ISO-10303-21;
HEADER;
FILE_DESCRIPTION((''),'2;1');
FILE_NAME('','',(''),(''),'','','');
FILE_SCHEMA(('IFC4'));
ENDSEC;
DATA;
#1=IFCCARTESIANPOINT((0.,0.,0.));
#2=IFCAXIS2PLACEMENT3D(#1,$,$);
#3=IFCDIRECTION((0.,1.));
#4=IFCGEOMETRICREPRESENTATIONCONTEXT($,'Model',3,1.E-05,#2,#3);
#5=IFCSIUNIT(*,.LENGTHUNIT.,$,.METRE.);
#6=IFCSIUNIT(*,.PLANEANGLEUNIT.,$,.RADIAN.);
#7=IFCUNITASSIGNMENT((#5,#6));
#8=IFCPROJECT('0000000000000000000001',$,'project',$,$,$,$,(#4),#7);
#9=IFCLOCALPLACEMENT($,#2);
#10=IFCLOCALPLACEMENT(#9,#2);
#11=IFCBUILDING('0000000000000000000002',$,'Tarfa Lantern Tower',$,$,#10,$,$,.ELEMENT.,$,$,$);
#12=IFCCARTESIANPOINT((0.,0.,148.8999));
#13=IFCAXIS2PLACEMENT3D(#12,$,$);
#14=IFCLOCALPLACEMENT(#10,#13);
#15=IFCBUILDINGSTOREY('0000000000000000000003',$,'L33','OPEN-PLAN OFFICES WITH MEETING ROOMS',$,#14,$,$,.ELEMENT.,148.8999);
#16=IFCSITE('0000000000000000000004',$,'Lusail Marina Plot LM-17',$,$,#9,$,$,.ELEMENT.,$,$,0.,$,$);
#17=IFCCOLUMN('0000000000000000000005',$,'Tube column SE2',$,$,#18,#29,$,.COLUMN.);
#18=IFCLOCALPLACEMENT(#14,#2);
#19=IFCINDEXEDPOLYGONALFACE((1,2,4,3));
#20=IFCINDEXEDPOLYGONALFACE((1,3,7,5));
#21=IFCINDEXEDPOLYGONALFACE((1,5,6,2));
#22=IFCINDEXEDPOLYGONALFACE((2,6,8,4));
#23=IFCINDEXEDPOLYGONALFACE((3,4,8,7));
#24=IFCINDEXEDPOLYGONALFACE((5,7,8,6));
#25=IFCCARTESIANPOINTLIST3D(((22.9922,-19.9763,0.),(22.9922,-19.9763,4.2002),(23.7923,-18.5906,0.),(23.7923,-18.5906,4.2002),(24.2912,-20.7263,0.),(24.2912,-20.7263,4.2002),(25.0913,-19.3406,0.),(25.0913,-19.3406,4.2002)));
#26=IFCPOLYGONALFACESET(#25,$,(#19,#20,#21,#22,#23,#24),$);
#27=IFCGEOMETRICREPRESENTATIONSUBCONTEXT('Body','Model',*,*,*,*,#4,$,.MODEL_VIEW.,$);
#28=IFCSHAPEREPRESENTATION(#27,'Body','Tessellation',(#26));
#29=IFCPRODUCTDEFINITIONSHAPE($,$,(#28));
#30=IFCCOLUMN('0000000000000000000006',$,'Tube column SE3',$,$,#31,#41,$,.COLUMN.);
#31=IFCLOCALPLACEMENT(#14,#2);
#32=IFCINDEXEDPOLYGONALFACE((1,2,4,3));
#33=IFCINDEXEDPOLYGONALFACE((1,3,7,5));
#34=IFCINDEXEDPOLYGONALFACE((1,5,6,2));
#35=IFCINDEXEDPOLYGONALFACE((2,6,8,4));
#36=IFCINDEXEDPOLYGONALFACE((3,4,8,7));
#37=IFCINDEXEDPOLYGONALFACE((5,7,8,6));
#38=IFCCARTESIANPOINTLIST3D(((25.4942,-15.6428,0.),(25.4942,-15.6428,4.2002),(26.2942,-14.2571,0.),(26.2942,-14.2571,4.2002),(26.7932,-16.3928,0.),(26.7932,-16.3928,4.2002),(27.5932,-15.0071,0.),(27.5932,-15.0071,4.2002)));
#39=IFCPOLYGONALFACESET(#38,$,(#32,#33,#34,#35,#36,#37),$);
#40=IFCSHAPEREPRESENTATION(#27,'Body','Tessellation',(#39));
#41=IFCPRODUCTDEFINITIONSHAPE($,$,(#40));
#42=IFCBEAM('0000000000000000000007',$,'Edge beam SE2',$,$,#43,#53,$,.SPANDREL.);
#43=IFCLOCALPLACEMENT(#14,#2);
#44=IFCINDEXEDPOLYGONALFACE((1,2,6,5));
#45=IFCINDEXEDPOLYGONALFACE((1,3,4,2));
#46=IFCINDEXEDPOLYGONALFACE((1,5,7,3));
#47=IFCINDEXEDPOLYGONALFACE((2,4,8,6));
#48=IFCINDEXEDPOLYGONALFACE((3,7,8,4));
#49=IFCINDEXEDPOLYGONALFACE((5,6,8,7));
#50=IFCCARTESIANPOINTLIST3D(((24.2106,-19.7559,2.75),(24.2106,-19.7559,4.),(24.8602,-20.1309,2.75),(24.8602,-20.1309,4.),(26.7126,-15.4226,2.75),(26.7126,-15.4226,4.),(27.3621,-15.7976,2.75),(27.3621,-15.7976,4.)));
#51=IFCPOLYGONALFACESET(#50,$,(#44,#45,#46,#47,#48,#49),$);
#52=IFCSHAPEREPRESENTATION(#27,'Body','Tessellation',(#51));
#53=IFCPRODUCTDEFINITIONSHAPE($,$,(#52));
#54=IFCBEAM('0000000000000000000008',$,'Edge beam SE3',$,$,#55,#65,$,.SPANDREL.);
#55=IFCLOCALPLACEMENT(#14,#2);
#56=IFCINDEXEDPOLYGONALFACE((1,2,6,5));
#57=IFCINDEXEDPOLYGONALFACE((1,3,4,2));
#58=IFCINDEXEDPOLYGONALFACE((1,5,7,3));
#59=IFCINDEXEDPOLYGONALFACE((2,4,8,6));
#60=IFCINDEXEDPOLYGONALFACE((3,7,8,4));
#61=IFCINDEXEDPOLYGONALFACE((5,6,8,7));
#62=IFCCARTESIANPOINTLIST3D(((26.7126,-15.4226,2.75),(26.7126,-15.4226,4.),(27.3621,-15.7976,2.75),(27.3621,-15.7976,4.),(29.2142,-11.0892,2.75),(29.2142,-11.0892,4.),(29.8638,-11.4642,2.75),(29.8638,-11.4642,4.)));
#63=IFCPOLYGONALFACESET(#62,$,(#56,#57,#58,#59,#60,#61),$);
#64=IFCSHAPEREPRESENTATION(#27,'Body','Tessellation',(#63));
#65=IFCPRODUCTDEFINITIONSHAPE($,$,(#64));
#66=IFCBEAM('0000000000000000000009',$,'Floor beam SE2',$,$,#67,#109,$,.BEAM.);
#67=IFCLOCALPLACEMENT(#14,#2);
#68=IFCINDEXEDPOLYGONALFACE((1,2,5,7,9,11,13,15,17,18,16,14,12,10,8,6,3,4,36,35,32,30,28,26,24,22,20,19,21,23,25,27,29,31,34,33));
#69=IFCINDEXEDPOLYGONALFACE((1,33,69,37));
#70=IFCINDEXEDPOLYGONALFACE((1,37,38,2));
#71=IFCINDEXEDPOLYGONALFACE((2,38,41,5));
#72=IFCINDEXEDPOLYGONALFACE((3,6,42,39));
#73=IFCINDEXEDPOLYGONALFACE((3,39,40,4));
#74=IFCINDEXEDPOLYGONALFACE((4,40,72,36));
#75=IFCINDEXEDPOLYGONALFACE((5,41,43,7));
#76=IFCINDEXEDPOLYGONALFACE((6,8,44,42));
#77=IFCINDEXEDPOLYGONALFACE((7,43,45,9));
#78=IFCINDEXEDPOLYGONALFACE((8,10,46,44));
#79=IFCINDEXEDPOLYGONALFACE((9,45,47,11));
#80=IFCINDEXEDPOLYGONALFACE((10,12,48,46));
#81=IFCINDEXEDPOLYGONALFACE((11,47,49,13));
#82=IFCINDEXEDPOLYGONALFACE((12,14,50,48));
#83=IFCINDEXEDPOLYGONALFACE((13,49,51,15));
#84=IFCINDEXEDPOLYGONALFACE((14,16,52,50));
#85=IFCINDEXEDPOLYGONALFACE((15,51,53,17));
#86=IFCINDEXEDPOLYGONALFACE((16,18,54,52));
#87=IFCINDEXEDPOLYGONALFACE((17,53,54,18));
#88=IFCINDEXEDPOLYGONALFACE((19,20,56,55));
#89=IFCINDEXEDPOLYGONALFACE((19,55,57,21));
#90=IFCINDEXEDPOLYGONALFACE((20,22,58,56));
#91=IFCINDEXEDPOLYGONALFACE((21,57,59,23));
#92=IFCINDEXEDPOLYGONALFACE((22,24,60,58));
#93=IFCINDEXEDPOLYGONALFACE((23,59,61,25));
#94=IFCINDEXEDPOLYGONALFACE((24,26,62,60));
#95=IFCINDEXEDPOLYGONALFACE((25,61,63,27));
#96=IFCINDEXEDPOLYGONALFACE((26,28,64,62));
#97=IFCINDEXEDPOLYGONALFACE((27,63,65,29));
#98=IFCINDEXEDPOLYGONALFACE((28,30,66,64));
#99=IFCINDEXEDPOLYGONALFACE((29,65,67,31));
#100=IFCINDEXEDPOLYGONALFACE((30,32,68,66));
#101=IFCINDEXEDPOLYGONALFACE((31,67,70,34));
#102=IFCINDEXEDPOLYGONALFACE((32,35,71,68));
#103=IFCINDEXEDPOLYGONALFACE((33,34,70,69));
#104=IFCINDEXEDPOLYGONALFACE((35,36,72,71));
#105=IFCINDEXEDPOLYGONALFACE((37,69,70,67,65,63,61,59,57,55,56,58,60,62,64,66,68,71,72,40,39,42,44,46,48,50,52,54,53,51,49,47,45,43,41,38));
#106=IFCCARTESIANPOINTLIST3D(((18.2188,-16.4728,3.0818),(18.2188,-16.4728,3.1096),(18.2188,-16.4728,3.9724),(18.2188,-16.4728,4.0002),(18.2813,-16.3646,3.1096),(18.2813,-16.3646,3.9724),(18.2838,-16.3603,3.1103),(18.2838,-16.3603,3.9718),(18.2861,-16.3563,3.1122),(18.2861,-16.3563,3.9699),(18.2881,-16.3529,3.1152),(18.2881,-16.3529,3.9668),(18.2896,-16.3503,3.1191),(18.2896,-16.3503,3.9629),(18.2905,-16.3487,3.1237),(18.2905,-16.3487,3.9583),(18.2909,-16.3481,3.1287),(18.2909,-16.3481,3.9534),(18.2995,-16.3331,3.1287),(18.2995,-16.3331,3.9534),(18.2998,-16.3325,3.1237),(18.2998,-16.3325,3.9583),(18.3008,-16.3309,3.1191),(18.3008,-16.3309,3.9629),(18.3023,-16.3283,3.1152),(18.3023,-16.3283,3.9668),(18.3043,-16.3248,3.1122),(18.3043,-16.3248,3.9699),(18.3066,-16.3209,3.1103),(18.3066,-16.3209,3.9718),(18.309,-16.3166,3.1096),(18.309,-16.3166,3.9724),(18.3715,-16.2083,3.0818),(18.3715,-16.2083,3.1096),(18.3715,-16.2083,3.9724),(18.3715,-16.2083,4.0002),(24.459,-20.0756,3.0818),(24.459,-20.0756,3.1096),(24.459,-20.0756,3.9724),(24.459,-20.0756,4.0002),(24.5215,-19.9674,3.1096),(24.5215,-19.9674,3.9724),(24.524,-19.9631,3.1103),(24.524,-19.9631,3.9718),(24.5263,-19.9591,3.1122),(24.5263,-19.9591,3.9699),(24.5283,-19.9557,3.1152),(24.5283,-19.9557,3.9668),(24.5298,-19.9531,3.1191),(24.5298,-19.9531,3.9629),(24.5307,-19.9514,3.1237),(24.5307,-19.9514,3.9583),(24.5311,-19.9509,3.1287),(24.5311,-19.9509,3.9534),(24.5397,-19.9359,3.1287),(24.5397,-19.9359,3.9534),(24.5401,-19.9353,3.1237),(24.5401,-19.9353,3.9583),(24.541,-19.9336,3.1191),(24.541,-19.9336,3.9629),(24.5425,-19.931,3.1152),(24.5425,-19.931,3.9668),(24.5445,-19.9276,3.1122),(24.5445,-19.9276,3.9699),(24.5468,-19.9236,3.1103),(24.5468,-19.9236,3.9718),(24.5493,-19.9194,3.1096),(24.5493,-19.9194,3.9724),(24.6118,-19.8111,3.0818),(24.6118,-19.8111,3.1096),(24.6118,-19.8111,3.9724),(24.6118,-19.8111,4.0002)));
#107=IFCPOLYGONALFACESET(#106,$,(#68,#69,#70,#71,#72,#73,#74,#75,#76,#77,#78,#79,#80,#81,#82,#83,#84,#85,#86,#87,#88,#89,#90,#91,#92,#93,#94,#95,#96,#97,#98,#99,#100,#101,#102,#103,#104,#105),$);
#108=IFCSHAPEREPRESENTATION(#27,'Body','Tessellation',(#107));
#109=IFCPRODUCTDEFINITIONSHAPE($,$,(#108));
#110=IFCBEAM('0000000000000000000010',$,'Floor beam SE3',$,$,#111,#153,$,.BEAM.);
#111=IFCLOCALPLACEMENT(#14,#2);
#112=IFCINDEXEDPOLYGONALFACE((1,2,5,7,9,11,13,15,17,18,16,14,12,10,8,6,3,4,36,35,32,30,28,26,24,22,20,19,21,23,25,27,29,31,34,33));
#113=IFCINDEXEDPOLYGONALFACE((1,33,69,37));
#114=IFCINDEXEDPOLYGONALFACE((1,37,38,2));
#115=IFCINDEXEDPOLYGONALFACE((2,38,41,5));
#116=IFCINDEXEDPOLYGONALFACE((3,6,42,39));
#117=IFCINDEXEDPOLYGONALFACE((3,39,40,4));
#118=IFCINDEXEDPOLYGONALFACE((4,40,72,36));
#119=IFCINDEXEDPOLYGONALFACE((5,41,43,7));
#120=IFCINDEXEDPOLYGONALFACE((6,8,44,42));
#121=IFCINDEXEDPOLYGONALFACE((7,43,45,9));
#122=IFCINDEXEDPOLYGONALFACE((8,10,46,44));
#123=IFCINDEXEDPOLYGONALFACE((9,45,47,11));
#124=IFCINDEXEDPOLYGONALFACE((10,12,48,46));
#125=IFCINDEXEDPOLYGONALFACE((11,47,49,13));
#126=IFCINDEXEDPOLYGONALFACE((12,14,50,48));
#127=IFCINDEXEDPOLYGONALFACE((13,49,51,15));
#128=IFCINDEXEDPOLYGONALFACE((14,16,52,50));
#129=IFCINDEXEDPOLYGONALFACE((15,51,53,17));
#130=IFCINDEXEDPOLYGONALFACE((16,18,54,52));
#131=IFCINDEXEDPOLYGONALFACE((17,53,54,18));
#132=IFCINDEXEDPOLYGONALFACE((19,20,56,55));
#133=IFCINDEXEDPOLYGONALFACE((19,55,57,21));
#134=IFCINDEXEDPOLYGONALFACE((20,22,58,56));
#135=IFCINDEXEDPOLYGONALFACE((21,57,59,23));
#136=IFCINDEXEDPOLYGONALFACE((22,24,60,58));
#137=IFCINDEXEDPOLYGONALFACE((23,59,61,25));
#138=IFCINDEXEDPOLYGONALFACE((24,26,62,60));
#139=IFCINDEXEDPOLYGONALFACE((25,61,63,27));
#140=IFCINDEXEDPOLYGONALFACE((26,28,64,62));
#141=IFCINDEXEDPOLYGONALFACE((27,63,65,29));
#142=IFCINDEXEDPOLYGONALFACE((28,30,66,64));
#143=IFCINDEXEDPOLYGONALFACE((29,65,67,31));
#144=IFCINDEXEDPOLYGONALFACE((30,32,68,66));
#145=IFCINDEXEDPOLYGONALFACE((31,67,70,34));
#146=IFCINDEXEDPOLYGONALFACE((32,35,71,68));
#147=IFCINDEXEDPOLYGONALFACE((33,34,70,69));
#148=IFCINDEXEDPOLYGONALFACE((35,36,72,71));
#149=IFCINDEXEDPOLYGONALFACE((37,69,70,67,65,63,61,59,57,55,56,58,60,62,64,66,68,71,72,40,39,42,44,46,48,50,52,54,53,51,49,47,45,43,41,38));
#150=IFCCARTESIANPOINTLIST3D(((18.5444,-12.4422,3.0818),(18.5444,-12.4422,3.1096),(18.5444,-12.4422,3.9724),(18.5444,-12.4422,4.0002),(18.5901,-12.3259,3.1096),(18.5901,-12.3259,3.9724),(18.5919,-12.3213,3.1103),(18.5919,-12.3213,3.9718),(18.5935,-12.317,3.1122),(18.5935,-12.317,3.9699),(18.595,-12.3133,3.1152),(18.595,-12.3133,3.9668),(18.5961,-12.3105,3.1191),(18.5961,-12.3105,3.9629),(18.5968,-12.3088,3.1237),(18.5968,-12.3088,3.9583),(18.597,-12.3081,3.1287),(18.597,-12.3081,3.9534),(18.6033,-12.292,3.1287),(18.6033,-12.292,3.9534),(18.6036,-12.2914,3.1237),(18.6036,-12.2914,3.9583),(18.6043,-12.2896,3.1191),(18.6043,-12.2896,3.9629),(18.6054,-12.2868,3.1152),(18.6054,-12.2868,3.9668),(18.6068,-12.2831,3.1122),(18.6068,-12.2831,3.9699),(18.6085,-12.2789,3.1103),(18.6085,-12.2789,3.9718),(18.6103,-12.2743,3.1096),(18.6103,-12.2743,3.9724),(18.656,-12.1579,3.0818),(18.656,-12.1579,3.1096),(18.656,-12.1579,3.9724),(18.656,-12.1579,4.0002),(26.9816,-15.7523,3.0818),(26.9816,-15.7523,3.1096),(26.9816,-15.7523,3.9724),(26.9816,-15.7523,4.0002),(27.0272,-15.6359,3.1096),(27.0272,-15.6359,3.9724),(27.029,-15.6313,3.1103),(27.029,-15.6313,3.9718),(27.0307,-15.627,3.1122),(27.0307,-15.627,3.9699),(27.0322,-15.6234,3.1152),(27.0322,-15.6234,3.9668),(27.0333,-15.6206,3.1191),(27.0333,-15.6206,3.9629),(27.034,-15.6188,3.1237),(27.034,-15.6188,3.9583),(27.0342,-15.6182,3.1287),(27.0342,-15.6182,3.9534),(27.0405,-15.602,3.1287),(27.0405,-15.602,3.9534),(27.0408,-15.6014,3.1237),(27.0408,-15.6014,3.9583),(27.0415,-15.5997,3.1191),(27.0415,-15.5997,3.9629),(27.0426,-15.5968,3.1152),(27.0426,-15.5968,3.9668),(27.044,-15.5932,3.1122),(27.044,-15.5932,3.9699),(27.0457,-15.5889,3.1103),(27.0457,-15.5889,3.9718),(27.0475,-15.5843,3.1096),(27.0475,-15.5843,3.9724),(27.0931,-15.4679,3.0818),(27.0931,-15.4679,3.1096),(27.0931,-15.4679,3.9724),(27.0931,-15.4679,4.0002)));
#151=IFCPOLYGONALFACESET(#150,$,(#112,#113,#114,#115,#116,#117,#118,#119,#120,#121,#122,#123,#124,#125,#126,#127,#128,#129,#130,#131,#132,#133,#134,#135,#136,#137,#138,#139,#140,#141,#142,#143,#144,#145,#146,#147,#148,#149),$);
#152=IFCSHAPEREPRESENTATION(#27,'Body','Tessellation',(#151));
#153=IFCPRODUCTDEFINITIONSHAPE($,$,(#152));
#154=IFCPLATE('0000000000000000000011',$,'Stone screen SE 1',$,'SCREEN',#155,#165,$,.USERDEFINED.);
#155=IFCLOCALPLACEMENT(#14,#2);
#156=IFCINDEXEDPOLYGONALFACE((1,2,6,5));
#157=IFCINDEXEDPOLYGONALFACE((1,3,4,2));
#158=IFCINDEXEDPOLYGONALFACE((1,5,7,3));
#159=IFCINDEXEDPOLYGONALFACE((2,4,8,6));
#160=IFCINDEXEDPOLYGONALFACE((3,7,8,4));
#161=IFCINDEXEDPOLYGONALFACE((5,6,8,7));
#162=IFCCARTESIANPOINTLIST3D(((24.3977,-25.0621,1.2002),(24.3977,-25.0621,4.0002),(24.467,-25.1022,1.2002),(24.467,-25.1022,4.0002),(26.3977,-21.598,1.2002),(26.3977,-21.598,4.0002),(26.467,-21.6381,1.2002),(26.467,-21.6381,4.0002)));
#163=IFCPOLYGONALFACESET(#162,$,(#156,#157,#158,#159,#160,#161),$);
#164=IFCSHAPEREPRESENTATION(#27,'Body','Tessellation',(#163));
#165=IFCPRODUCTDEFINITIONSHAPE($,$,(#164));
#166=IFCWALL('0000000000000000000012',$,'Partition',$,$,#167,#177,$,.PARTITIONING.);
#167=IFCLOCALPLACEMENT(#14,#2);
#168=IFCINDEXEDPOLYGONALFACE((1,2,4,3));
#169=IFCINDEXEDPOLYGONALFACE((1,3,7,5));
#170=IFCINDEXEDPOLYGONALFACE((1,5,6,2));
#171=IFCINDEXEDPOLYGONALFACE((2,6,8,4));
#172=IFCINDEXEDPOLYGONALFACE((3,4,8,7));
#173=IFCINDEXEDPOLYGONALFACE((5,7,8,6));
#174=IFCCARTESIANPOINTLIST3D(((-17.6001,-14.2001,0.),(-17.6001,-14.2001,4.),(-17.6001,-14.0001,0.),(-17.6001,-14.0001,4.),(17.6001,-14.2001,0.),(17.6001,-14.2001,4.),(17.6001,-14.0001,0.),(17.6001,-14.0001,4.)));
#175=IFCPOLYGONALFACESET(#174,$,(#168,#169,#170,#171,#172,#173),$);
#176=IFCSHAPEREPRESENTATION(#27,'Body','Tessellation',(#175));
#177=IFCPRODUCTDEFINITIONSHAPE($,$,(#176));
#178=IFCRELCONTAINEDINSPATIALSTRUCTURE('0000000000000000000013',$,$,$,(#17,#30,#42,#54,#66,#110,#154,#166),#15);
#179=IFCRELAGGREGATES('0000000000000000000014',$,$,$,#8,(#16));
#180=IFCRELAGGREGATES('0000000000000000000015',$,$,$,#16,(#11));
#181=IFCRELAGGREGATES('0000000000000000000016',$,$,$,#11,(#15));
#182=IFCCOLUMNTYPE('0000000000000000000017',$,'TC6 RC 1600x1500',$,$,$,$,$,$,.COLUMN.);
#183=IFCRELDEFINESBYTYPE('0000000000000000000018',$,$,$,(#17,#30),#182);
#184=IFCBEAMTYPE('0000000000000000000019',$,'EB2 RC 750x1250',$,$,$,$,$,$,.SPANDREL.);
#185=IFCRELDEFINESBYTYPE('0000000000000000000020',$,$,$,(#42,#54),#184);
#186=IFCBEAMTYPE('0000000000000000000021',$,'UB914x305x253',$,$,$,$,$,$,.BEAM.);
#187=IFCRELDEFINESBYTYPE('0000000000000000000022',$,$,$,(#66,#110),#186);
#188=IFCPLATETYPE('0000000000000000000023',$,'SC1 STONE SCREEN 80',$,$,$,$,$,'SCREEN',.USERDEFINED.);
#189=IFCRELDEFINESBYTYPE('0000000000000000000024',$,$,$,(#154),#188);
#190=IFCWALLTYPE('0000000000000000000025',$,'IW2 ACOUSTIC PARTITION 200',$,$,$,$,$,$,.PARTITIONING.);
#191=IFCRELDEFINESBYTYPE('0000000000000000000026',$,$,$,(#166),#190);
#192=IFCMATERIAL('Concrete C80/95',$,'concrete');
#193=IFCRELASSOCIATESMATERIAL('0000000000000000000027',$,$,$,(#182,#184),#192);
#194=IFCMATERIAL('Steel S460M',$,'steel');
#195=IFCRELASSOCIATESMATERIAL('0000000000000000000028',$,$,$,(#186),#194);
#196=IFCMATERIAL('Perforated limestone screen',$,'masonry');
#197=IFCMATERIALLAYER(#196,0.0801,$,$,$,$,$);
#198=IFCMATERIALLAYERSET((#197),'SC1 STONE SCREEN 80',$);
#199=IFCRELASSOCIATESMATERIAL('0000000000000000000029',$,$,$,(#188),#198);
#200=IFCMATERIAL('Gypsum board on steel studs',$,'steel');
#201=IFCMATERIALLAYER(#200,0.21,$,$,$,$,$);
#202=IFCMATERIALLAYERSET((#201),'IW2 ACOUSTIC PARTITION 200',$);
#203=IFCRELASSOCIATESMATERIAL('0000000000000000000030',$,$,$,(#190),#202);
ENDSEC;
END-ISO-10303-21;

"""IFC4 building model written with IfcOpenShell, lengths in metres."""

from ifc_helpers import new_model, si_unit, direction, frame, frame_2d, origin, origin_2d, place, context, subcontext, project, spatial, rectangle, i_section, extrude, material, layer, layer_set, material_profile, profile_set, type_object, element, save


model = new_model("IFC4")

# Units and contexts
model_context = context("Model", 3, precision=1e-05, world=origin(), true_north=direction((0.0, 1.0)))
body_context = subcontext(model_context, "Body", "Model", "MODEL_VIEW")
ifc_project = project(units=[si_unit("LENGTHUNIT", "METRE"), si_unit("PLANEANGLEUNIT", "RADIAN")], contexts=[model_context])

# Site, building, storey
site_placement = place(None, origin())
site = spatial("IfcSite", under=ifc_project, at=site_placement, Name="Lusail Marina Plot LM-17", CompositionType="ELEMENT", RefElevation=0.0)
building_placement = place(site_placement, origin())
building = spatial("IfcBuilding", under=site, at=building_placement, Name="Tarfa Lantern Tower", CompositionType="ELEMENT")
storey_placement = place(building_placement, frame((0.0, 0.0, 148.8999)))
storey = spatial("IfcBuildingStorey", under=building, at=storey_placement, Name="L33", Description="OPEN-PLAN OFFICES WITH MEETING ROOMS", CompositionType="ELEMENT", Elevation=148.8999)

# Columns
ifc_material_1 = material(Name="Concrete C80/95", Category="concrete")
ifc_material_profile_1 = material_profile(ifc_material_1, rectangle(XDim=1.6001, YDim=1.5, at=origin_2d()), Name="RC 1600x1500")
ifc_profile_set_1 = profile_set([ifc_material_profile_1], Name="Concrete C80/95")
column_type = type_object("IfcColumnType", Name="TC6 RC 1600x1500", PredefinedType="COLUMN", material=ifc_profile_set_1)
for number, where, z_axis, x_axis, name in (
    (1, (24.0417, -19.6584, 0.0), (0.0, 0.0, 1.0), (0.5, 0.866025, 0.0), "Tube column SE2"),
    (2, (26.5437, -15.325, 0.0), (0.0, 0.0, 1.0), (0.5, 0.866025, 0.0), "Tube column SE3"),
):
    element("IfcColumn", number, at=place(storey_placement, frame(where, z_axis=z_axis, x_axis=x_axis)), inside=storey, type_object=column_type, Name=name, PredefinedType="COLUMN", context=body_context, shape_type="SweptSolid", body=[
        extrude(rectangle(XDim=1.6001, YDim=1.5, at=origin_2d()), origin(), (0.0, 0.0, 1.0), 4.2002),
    ])

# Beams
ifc_material_profile_2 = material_profile(ifc_material_1, rectangle(XDim=0.75, YDim=1.25, at=origin_2d()), Name="RC 750x1250")
ifc_profile_set_2 = profile_set([ifc_material_profile_2], Name="Concrete C80/95")
beam_type_1 = type_object("IfcBeamType", Name="EB2 RC 750x1250", PredefinedType="SPANDREL", material=ifc_profile_set_2)
for number, where, z_axis, x_axis, name in (
    (3, (24.5354, -19.9434, 3.375), (0.500022, 0.866013, 0.0), (-0.866013, 0.500022, 0.0), "Edge beam SE2"),
    (4, (27.0374, -15.6101, 3.375), (0.499965, 0.866046, 0.0), (-0.866046, 0.499965, 0.0), "Edge beam SE3"),
):
    element("IfcBeam", number, at=place(storey_placement, frame(where, z_axis=z_axis, x_axis=x_axis)), inside=storey, type_object=beam_type_1, Name=name, PredefinedType="SPANDREL", context=body_context, shape_type="SweptSolid", body=[
        extrude(rectangle(XDim=0.75, YDim=1.25, at=origin_2d()), origin(), (0.0, 0.0, 1.0), 5.0037),
    ])
ifc_material_2 = material(Name="Steel S460M", Category="steel")
ifc_material_profile_3 = material_profile(ifc_material_2, i_section(OverallWidth=0.3054, OverallDepth=0.9185, WebThickness=0.0173, FlangeThickness=0.0278, FilletRadius=0.019, at=origin_2d()), Name="UB914x305x253")
ifc_profile_set_3 = profile_set([ifc_material_profile_3], Name="Steel S460M")
beam_type_2 = type_object("IfcBeamType", Name="UB914x305x253", PredefinedType="BEAM", material=ifc_profile_set_3)
beam_1_placement = place(storey_placement, frame((24.5354, -19.9434, 3.541), z_axis=(-0.866026, 0.499998, 0.0), x_axis=(-0.499998, -0.866026, 0.0)))
element("IfcBeam", 5, at=beam_1_placement, inside=storey, type_object=beam_type_2, Name="Floor beam SE2", PredefinedType="BEAM", context=body_context, shape_type="SweptSolid", body=[
    extrude(i_section(OverallWidth=0.3054, OverallDepth=0.9185, WebThickness=0.0173, FlangeThickness=0.0278, FilletRadius=0.019, at=origin_2d()), origin(), (0.0, 0.0, 1.0), 7.2056),
])
beam_2_placement = place(storey_placement, frame((27.0374, -15.6101, 3.541), z_axis=(-0.930923, 0.365215, 0.0), x_axis=(-0.365215, -0.930923, 0.0)))
element("IfcBeam", 6, at=beam_2_placement, inside=storey, type_object=beam_type_2, Name="Floor beam SE3", PredefinedType="BEAM", context=body_context, shape_type="SweptSolid", body=[
    extrude(i_section(OverallWidth=0.3054, OverallDepth=0.9185, WebThickness=0.0173, FlangeThickness=0.0278, FilletRadius=0.019, at=origin_2d()), origin(), (0.0, 0.0, 1.0), 9.0632),
])

# Plate
ifc_material_3 = material(Name="Perforated limestone screen", Category="masonry")
ifc_layer_1 = layer(ifc_material_3, 0.0801)
ifc_layer_set_1 = layer_set([ifc_layer_1], Name="SC1 STONE SCREEN 80")
plate_type = type_object("IfcPlateType", Name="SC1 STONE SCREEN 80", ElementType="SCREEN", PredefinedType="USERDEFINED", material=ifc_layer_set_1)
plate_placement = place(storey_placement, frame((25.4324, -23.3501, 1.2002), z_axis=(0.0, 0.0, 1.0), x_axis=(0.5, 0.866025, 0.0)))
element("IfcPlate", 7, at=plate_placement, inside=storey, type_object=plate_type, Name="Stone screen SE 1", ObjectType="SCREEN", PredefinedType="USERDEFINED", context=body_context, shape_type="SweptSolid", body=[
    extrude(rectangle(XDim=4.0, YDim=0.0801, at=origin_2d()), origin(), (0.0, 0.0, 1.0), 2.8),
])

# Wall
ifc_material_4 = material(Name="Gypsum board on steel studs", Category="steel")
ifc_layer_2 = layer(ifc_material_4, 0.21)
ifc_layer_set_2 = layer_set([ifc_layer_2], Name="IW2 ACOUSTIC PARTITION 200")
wall_type = type_object("IfcWallType", Name="IW2 ACOUSTIC PARTITION 200", PredefinedType="PARTITIONING", material=ifc_layer_set_2)
wall_1_placement = place(storey_placement, frame((17.6001, -14.1001, 0.0), z_axis=(0.0, 0.0, 1.0), x_axis=(-1.0, 0.0, 0.0)))
element("IfcWall", 8, at=wall_1_placement, inside=storey, type_object=wall_type, Name="Partition", PredefinedType="PARTITIONING", context=body_context, shape_type="SweptSolid", body=[
    extrude(rectangle(XDim=35.2002, YDim=0.2, at=frame_2d((17.6001, 0.0))), origin(), (0.0, 0.0, 1.0), 4.0),
])

save(model, "model.ifc")
